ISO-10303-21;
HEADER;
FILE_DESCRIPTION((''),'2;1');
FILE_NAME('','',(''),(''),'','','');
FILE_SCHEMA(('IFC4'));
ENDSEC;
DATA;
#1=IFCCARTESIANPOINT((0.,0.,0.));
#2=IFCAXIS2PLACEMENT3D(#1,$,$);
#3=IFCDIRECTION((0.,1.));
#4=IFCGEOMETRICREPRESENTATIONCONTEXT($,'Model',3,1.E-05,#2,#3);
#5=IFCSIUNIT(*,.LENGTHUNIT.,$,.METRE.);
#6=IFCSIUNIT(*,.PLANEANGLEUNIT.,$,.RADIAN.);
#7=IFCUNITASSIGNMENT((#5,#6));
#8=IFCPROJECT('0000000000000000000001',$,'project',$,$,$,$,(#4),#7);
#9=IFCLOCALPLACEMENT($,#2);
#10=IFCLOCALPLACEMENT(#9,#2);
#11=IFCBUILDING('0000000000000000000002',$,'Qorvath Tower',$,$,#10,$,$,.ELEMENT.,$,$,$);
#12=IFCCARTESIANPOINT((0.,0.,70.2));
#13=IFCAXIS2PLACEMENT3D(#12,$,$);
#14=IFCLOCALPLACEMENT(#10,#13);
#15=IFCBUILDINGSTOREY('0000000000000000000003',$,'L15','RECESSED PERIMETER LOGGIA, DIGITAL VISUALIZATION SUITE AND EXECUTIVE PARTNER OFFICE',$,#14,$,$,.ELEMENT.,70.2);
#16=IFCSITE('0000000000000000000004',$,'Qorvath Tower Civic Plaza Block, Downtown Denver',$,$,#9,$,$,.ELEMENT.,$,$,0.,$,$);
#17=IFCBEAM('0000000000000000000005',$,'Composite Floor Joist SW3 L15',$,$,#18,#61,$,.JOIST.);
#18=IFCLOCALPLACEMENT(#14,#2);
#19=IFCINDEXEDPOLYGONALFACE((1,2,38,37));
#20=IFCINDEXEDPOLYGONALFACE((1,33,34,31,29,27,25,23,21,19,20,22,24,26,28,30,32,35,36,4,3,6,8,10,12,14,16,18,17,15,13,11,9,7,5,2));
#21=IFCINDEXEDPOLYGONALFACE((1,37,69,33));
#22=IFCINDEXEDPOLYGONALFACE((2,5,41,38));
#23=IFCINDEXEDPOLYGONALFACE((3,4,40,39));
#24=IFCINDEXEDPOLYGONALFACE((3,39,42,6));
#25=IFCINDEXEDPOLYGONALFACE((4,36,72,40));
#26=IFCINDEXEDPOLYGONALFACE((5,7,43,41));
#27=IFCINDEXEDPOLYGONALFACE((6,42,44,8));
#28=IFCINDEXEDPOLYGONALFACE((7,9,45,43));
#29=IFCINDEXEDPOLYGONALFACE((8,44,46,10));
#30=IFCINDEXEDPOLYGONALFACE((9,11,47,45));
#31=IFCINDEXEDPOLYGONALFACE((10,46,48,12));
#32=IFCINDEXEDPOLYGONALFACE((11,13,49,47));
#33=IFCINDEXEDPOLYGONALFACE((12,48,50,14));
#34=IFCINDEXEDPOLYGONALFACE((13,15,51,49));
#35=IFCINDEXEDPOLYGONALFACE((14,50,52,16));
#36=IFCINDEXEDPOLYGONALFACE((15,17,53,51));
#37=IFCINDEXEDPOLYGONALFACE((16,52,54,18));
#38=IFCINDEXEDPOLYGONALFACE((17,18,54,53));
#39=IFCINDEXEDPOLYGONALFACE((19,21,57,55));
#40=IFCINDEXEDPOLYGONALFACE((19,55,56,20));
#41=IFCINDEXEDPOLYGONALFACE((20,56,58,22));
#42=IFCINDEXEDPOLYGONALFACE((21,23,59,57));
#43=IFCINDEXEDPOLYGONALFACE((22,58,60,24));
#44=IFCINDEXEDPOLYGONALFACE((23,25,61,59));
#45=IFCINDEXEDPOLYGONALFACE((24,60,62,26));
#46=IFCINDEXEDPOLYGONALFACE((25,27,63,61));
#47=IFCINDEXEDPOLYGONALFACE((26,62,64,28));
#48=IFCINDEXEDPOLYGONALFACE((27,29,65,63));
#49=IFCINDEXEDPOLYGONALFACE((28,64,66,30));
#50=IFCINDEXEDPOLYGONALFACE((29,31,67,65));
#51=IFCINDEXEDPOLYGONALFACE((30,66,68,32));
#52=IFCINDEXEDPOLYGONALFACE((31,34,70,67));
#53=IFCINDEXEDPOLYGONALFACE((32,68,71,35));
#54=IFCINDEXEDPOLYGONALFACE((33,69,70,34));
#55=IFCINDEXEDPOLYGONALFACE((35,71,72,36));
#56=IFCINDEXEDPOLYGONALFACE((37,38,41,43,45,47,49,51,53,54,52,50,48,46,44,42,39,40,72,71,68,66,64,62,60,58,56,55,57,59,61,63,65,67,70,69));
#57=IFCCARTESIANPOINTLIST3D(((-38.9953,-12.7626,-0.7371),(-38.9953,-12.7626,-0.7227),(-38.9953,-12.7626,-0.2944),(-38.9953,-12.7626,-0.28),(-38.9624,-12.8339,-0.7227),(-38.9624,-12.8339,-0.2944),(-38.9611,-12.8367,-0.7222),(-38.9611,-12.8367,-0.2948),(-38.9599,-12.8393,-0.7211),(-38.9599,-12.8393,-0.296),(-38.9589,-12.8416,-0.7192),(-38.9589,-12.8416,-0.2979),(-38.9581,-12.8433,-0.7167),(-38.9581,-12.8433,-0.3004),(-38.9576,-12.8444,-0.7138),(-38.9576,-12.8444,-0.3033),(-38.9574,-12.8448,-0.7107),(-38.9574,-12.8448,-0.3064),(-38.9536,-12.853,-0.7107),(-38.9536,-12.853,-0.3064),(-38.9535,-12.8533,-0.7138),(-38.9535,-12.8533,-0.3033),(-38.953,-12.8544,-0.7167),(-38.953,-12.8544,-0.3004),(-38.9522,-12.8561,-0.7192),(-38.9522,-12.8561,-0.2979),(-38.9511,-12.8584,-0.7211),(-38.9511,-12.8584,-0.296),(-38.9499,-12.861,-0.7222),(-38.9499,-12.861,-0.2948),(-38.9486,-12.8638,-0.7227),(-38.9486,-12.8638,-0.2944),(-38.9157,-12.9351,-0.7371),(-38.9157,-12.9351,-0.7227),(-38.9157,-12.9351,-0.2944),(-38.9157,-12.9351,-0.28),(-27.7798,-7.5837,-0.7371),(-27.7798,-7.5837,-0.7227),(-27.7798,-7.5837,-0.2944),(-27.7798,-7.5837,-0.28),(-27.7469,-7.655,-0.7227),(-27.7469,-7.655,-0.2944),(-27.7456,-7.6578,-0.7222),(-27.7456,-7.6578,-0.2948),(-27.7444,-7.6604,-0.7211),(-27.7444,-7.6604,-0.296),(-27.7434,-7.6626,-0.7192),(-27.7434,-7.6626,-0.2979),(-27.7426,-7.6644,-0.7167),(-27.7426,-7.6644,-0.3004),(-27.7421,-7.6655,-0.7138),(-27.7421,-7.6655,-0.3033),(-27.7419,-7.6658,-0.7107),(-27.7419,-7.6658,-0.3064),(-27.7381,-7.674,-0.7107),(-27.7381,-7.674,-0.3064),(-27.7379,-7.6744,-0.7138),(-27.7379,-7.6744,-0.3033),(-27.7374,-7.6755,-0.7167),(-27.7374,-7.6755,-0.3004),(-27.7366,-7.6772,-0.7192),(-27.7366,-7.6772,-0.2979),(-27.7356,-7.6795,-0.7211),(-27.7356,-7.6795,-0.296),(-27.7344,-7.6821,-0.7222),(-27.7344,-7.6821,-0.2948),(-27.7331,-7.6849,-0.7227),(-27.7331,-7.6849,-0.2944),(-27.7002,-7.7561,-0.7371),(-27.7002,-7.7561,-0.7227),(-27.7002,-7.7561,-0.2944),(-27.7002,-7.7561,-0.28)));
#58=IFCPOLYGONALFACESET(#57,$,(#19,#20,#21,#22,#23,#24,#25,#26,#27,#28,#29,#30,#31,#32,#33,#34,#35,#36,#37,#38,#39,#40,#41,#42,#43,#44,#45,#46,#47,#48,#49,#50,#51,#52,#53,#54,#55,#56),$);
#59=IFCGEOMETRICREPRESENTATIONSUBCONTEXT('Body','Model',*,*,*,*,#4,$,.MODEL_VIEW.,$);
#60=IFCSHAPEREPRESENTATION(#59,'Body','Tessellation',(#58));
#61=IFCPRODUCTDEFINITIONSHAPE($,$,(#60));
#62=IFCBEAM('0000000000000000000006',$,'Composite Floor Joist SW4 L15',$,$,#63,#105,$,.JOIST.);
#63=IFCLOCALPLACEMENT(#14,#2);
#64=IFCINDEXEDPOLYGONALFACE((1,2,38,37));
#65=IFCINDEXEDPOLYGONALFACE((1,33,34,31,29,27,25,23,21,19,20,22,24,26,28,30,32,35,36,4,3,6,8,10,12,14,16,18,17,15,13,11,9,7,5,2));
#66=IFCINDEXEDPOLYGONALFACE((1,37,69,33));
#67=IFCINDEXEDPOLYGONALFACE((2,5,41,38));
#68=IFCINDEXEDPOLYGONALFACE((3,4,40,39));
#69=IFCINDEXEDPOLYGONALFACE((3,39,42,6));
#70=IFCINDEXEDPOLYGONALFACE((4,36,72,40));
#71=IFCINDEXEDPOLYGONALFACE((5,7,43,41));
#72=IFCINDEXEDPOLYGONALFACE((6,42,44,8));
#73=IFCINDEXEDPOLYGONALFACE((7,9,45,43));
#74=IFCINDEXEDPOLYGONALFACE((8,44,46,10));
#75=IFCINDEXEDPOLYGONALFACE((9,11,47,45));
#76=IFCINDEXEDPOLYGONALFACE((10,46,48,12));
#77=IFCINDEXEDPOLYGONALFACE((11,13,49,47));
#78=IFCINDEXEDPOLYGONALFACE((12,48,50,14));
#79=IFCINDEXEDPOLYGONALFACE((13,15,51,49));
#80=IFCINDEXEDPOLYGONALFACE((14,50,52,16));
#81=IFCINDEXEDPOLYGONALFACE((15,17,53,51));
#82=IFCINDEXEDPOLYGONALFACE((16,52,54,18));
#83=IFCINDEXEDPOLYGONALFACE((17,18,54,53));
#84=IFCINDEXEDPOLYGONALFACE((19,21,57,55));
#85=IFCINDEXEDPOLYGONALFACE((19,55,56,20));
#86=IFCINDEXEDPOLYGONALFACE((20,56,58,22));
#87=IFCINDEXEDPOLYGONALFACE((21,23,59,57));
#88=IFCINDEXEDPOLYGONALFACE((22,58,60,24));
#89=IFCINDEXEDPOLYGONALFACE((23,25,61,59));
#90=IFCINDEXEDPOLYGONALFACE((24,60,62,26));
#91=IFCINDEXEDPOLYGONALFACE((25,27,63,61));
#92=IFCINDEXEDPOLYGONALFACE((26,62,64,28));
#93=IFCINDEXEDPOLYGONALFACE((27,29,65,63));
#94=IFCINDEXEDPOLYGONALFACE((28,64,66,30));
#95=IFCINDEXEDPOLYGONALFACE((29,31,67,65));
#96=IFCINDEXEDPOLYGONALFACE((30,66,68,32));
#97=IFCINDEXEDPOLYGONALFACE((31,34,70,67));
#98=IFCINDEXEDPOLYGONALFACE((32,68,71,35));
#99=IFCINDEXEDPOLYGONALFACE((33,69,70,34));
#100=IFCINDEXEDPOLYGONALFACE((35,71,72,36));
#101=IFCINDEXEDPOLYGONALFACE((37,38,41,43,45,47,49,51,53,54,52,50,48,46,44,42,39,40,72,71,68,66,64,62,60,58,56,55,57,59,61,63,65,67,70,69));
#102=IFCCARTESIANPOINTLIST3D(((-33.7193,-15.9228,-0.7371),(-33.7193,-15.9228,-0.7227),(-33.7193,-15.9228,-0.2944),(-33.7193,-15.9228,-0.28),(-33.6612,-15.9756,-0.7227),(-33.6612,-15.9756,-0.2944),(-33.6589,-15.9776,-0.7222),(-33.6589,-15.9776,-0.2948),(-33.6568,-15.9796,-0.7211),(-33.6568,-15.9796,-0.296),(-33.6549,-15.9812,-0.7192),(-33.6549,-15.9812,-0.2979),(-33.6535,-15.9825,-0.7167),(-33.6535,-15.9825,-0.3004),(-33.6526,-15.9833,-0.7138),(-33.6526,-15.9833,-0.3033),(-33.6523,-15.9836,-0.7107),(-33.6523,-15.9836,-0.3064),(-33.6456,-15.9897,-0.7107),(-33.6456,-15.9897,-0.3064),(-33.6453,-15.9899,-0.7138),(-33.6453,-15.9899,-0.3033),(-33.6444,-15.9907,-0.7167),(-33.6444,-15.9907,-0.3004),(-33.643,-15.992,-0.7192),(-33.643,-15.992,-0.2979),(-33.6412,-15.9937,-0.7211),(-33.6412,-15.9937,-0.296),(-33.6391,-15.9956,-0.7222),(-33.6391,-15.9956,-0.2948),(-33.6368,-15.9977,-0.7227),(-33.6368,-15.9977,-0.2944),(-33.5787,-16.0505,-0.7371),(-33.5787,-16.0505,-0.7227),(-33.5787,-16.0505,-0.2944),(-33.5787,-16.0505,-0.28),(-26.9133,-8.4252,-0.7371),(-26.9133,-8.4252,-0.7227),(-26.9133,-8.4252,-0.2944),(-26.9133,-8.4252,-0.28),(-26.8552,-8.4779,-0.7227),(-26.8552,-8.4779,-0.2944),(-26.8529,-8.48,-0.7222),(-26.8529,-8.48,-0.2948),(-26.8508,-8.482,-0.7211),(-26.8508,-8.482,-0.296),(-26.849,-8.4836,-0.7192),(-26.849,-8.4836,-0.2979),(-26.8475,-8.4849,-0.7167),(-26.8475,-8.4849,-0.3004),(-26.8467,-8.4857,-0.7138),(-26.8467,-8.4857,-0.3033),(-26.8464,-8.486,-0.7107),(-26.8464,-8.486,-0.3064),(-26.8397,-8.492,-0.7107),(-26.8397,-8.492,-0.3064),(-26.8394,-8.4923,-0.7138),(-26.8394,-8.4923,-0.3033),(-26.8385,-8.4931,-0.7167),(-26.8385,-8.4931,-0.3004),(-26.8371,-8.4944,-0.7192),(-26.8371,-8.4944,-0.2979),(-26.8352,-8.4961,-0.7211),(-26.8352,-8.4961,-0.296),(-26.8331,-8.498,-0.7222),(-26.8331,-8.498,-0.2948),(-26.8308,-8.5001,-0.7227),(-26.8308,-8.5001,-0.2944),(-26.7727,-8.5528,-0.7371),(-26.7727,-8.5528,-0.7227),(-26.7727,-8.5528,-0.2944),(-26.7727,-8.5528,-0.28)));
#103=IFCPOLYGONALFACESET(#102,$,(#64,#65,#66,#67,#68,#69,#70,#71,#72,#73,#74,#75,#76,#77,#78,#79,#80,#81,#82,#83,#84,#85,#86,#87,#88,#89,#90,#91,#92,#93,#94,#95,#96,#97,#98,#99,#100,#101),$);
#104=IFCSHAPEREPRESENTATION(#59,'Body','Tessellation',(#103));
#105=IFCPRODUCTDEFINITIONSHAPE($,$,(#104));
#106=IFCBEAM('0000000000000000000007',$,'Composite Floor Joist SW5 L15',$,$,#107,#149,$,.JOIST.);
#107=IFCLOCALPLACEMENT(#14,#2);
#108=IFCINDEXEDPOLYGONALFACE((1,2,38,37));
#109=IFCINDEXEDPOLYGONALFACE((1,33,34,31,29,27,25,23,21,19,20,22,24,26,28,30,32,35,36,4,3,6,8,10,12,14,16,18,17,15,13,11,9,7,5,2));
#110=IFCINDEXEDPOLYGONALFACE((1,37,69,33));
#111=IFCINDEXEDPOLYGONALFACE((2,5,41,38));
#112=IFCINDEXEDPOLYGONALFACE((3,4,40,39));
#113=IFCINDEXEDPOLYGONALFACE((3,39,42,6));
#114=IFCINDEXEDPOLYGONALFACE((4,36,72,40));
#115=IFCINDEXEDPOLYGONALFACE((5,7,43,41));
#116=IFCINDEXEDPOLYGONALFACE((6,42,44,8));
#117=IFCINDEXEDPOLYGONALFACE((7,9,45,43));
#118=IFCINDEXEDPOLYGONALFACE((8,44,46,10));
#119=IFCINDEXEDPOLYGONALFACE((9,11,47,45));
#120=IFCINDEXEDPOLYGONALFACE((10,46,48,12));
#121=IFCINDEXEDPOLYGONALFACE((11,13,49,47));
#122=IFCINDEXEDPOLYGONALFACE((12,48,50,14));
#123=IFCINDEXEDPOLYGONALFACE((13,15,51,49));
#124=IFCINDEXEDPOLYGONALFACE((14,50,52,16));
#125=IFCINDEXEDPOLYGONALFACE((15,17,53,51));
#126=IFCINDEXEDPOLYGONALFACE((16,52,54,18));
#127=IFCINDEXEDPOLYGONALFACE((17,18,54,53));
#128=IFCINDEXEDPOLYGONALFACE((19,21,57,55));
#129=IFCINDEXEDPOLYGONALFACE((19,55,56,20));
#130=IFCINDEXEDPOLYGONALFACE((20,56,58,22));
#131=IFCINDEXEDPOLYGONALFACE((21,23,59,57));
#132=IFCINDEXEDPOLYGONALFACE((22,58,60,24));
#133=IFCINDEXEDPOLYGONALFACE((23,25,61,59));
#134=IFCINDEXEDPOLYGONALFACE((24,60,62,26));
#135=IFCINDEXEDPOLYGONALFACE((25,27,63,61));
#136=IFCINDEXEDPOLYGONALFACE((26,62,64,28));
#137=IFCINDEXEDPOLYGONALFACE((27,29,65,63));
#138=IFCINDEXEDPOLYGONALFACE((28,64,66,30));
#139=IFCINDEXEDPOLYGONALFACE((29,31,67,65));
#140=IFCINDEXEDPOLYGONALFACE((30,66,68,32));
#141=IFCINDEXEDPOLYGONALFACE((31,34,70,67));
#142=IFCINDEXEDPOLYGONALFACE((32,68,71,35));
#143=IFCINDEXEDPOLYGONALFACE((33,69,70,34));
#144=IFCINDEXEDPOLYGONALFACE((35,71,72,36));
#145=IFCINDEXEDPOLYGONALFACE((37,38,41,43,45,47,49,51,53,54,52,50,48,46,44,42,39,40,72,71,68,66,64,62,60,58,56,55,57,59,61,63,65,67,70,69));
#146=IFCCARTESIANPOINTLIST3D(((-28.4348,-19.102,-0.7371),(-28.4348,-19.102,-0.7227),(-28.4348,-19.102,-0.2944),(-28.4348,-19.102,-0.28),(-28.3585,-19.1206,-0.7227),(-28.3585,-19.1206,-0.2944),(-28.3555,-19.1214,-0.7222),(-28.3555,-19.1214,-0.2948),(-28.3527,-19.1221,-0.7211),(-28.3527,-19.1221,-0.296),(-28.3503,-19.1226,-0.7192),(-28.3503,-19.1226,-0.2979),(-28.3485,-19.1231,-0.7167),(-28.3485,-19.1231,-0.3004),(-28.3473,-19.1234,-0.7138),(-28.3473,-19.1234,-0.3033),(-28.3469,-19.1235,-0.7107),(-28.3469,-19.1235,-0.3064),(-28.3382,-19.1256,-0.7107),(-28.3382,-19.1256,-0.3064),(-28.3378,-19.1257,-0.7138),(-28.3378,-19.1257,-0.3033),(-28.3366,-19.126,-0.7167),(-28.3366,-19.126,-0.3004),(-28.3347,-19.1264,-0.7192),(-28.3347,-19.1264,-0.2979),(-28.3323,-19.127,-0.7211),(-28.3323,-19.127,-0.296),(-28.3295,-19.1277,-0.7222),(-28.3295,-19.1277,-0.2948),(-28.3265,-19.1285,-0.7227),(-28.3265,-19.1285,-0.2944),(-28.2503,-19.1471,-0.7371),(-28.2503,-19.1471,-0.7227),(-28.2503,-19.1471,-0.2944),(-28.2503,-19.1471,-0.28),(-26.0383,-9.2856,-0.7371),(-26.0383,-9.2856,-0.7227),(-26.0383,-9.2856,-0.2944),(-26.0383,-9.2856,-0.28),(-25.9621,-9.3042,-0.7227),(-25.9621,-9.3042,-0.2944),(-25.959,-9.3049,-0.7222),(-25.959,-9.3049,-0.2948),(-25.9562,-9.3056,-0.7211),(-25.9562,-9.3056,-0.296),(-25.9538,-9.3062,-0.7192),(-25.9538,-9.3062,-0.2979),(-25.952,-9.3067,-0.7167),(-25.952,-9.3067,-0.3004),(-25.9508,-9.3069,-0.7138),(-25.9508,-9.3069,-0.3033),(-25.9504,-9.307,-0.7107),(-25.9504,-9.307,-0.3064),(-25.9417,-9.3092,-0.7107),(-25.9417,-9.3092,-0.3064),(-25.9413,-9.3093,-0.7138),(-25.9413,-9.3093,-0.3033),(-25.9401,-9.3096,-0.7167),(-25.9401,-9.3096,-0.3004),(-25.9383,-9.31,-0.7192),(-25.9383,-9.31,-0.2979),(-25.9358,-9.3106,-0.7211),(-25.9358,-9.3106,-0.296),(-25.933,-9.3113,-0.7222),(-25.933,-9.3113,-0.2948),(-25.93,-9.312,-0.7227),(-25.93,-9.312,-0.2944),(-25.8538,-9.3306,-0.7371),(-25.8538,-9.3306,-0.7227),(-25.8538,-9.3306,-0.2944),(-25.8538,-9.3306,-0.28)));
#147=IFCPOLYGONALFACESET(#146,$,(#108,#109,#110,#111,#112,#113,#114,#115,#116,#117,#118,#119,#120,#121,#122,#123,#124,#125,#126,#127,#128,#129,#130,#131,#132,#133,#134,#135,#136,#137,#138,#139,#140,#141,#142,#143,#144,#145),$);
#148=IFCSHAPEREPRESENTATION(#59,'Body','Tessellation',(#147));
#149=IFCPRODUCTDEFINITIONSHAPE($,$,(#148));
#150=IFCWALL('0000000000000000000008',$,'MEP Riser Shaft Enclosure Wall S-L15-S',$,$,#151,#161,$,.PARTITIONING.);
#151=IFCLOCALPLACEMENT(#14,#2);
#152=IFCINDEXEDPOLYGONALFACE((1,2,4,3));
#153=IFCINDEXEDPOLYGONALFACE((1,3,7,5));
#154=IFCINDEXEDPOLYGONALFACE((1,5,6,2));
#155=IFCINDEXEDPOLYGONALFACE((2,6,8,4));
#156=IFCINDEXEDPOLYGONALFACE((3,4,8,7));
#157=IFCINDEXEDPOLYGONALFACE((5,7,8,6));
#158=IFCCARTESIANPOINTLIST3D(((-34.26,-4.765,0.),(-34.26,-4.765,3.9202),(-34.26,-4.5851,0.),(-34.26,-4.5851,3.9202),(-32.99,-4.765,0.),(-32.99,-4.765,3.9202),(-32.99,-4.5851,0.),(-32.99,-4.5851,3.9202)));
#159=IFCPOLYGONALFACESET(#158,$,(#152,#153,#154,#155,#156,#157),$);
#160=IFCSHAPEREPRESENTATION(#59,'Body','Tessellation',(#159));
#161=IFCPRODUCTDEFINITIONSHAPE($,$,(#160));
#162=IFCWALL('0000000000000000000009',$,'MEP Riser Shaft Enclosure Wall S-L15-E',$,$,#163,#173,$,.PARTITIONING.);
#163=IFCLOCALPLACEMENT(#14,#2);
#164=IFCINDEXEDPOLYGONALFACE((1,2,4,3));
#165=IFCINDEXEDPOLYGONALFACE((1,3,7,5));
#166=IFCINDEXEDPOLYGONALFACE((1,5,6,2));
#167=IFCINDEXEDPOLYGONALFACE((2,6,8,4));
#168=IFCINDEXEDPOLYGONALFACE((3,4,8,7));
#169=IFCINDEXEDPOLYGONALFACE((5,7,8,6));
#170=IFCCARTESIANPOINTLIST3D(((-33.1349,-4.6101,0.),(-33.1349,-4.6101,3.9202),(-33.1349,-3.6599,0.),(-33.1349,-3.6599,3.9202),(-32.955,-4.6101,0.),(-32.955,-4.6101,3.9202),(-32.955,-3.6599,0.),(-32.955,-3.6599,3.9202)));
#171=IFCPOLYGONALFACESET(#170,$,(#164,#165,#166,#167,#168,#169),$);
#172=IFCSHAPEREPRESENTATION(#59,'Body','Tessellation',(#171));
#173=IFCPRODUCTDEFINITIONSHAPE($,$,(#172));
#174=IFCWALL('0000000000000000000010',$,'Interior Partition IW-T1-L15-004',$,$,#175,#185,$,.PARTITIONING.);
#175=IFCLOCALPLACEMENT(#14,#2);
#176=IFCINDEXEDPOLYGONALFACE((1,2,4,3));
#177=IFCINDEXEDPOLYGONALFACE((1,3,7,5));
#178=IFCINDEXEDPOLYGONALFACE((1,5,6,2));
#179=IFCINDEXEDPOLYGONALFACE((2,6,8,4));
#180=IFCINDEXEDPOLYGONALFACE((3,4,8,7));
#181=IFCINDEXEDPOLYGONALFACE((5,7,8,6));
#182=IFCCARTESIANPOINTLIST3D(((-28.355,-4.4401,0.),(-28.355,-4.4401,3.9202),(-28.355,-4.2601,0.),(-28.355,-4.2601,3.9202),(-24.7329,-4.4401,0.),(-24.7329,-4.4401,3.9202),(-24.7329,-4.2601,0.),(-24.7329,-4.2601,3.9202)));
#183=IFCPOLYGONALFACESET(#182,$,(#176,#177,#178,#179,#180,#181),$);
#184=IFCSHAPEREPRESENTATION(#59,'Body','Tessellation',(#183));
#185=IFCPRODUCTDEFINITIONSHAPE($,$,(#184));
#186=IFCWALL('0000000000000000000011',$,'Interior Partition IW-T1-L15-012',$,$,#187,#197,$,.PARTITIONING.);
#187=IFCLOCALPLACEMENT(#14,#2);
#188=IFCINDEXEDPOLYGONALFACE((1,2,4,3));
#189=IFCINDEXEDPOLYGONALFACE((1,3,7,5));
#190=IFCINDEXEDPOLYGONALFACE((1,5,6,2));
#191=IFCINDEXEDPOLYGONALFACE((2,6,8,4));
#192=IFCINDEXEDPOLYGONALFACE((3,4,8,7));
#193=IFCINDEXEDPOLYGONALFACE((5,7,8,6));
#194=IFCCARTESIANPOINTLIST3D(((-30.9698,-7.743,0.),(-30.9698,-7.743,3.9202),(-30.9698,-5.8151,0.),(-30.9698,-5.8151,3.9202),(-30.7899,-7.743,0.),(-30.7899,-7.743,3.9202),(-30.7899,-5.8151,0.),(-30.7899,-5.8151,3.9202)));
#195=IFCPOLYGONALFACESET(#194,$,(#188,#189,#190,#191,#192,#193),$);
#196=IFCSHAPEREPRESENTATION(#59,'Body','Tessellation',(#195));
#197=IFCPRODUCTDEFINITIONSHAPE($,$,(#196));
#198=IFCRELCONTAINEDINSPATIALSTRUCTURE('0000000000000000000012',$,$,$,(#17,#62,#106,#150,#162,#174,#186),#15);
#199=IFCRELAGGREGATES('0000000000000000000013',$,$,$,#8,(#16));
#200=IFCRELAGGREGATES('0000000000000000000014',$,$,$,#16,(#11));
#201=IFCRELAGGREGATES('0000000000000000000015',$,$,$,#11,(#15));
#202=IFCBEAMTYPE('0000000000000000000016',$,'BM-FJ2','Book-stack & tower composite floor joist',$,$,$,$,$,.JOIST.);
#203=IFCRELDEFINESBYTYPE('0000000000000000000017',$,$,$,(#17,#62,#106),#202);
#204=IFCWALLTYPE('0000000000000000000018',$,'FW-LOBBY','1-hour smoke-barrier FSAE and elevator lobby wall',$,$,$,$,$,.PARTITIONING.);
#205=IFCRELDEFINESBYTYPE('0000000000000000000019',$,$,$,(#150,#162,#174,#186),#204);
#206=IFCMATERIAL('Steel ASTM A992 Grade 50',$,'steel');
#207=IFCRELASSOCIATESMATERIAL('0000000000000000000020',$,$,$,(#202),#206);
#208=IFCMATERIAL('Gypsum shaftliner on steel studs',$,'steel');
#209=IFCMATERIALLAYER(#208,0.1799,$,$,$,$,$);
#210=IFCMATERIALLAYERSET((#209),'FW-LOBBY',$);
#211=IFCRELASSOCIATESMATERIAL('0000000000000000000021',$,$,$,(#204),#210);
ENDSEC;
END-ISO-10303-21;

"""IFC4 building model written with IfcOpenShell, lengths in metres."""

from ifc_helpers import new_model, si_unit, direction, frame, frame_2d, origin, origin_2d, place, context, subcontext, project, spatial, rectangle, i_section, extrude, material, layer, layer_set, material_profile, profile_set, type_object, element, save


model = new_model("IFC4")

# Units and contexts
model_context = context("Model", 3, precision=1e-05, world=origin(), true_north=direction((0.0, 1.0)))
body_context = subcontext(model_context, "Body", "Model", "MODEL_VIEW")
ifc_project = project(units=[si_unit("LENGTHUNIT", "METRE"), si_unit("PLANEANGLEUNIT", "RADIAN")], contexts=[model_context])

# Site, building, storey
site_placement = place(None, origin())
site = spatial("IfcSite", under=ifc_project, at=site_placement, Name="Qorvath Tower Civic Plaza Block, Downtown Denver", CompositionType="ELEMENT", RefElevation=0.0)
building_placement = place(site_placement, origin())
building = spatial("IfcBuilding", under=site, at=building_placement, Name="Qorvath Tower", CompositionType="ELEMENT")
storey_placement = place(building_placement, frame((0.0, 0.0, 70.2)))
storey = spatial("IfcBuildingStorey", under=building, at=storey_placement, Name="L15", Description="RECESSED PERIMETER LOGGIA, DIGITAL VISUALIZATION SUITE AND EXECUTIVE PARTNER OFFICE", CompositionType="ELEMENT", Elevation=70.2)

# Beams
ifc_material_1 = material(Name="Steel ASTM A992 Grade 50", Category="steel")
ifc_material_profile_1 = material_profile(ifc_material_1, i_section(OverallWidth=0.1899, OverallDepth=0.457, WebThickness=0.009, FlangeThickness=0.0144, FilletRadius=0.012, at=origin_2d()), Name="W18x50")
ifc_profile_set_1 = profile_set([ifc_material_profile_1], Name="Steel ASTM A992 Grade 50")
beam_type_1 = type_object("IfcBeamType", Name="BM-FJ2", Description="Book-stack & tower composite floor joist", PredefinedType="JOIST", material=ifc_profile_set_1)
beam_1_placement = place(storey_placement, frame((-27.74, -7.6699, -0.5085), z_axis=(-0.907881, -0.419227, 0.0), x_axis=(0.419227, -0.907881, 0.0)))
element("IfcBeam", 1, at=beam_1_placement, inside=storey, type_object=beam_type_1, Name="Composite Floor Joist SW3 L15", PredefinedType="JOIST", context=body_context, shape_type="SweptSolid", body=[
    extrude(i_section(OverallWidth=0.1899, OverallDepth=0.457, WebThickness=0.009, FlangeThickness=0.0144, FilletRadius=0.012, at=origin_2d()), origin(), (0.0, 0.0, 1.0), 12.3535),
])
beam_2_placement = place(storey_placement, frame((-26.843, -8.489, -0.5085), z_axis=(-0.672129, -0.740434, 0.0), x_axis=(0.740434, -0.672129, 0.0)))
element("IfcBeam", 2, at=beam_2_placement, inside=storey, type_object=beam_type_1, Name="Composite Floor Joist SW4 L15", PredefinedType="JOIST", context=body_context, shape_type="SweptSolid", body=[
    extrude(i_section(OverallWidth=0.1899, OverallDepth=0.457, WebThickness=0.009, FlangeThickness=0.0144, FilletRadius=0.012, at=origin_2d()), origin(), (0.0, 0.0, 1.0), 10.126),
])
beam_3_placement = place(storey_placement, frame((-25.946, -9.3081, -0.5085), z_axis=(-0.237165, -0.971469, 0.0), x_axis=(0.971469, -0.237165, 0.0)))
element("IfcBeam", 3, at=beam_3_placement, inside=storey, type_object=beam_type_1, Name="Composite Floor Joist SW5 L15", PredefinedType="JOIST", context=body_context, shape_type="SweptSolid", body=[
    extrude(i_section(OverallWidth=0.1899, OverallDepth=0.457, WebThickness=0.009, FlangeThickness=0.0144, FilletRadius=0.012, at=origin_2d()), origin(), (0.0, 0.0, 1.0), 10.1047),
])

# Walls
ifc_material_2 = material(Name="Gypsum shaftliner on steel studs", Category="steel")
ifc_layer_1 = layer(ifc_material_2, 0.1799)
ifc_layer_set_1 = layer_set([ifc_layer_1], Name="FW-LOBBY")
wall_type_1 = type_object("IfcWallType", Name="FW-LOBBY", Description="1-hour smoke-barrier FSAE and elevator lobby wall", PredefinedType="PARTITIONING", material=ifc_layer_set_1)
wall_1_placement = place(storey_placement, frame((-32.99, -4.675, 0.0), z_axis=(0.0, 0.0, 1.0), x_axis=(-1.0, 0.0, 0.0)))
element("IfcWall", 4, at=wall_1_placement, inside=storey, type_object=wall_type_1, Name="MEP Riser Shaft Enclosure Wall S-L15-S", PredefinedType="PARTITIONING", context=body_context, shape_type="SweptSolid", body=[
    extrude(rectangle(XDim=1.27, YDim=0.1799, at=frame_2d((0.635, 0.0))), origin(), (0.0, 0.0, 1.0), 3.9202),
])
wall_2_placement = place(storey_placement, frame((-33.0449, -3.6599, 0.0), z_axis=(0.0, 0.0, 1.0), x_axis=(0.0, -1.0, 0.0)))
element("IfcWall", 5, at=wall_2_placement, inside=storey, type_object=wall_type_1, Name="MEP Riser Shaft Enclosure Wall S-L15-E", PredefinedType="PARTITIONING", context=body_context, shape_type="SweptSolid", body=[
    extrude(rectangle(XDim=0.9502, YDim=0.1799, at=frame_2d((0.4751, 0.0))), origin(), (0.0, 0.0, 1.0), 3.9202),
])

# Walls
wall_3_placement = place(storey_placement, frame((-24.7329, -4.3501, 0.0), z_axis=(0.0, 0.0, 1.0), x_axis=(-1.0, 0.0, 0.0)))
element("IfcWall", 6, at=wall_3_placement, inside=storey, type_object=wall_type_1, Name="Interior Partition IW-T1-L15-004", PredefinedType="PARTITIONING", context=body_context, shape_type="SweptSolid", body=[
    extrude(rectangle(XDim=3.6221, YDim=0.1799, at=frame_2d((1.811, 0.0))), origin(), (0.0, 0.0, 1.0), 3.9202),
])
wall_4_placement = place(storey_placement, frame((-30.8799, -7.7429, 0.0), z_axis=(0.0, 0.0, 1.0), x_axis=(0.0, 1.0, 0.0)))
element("IfcWall", 7, at=wall_4_placement, inside=storey, type_object=wall_type_1, Name="Interior Partition IW-T1-L15-012", PredefinedType="PARTITIONING", context=body_context, shape_type="SweptSolid", body=[
    extrude(rectangle(XDim=1.928, YDim=0.1799, at=frame_2d((0.9639, 0.0))), origin(), (0.0, 0.0, 1.0), 3.9202),
])

save(model, "model.ifc")
